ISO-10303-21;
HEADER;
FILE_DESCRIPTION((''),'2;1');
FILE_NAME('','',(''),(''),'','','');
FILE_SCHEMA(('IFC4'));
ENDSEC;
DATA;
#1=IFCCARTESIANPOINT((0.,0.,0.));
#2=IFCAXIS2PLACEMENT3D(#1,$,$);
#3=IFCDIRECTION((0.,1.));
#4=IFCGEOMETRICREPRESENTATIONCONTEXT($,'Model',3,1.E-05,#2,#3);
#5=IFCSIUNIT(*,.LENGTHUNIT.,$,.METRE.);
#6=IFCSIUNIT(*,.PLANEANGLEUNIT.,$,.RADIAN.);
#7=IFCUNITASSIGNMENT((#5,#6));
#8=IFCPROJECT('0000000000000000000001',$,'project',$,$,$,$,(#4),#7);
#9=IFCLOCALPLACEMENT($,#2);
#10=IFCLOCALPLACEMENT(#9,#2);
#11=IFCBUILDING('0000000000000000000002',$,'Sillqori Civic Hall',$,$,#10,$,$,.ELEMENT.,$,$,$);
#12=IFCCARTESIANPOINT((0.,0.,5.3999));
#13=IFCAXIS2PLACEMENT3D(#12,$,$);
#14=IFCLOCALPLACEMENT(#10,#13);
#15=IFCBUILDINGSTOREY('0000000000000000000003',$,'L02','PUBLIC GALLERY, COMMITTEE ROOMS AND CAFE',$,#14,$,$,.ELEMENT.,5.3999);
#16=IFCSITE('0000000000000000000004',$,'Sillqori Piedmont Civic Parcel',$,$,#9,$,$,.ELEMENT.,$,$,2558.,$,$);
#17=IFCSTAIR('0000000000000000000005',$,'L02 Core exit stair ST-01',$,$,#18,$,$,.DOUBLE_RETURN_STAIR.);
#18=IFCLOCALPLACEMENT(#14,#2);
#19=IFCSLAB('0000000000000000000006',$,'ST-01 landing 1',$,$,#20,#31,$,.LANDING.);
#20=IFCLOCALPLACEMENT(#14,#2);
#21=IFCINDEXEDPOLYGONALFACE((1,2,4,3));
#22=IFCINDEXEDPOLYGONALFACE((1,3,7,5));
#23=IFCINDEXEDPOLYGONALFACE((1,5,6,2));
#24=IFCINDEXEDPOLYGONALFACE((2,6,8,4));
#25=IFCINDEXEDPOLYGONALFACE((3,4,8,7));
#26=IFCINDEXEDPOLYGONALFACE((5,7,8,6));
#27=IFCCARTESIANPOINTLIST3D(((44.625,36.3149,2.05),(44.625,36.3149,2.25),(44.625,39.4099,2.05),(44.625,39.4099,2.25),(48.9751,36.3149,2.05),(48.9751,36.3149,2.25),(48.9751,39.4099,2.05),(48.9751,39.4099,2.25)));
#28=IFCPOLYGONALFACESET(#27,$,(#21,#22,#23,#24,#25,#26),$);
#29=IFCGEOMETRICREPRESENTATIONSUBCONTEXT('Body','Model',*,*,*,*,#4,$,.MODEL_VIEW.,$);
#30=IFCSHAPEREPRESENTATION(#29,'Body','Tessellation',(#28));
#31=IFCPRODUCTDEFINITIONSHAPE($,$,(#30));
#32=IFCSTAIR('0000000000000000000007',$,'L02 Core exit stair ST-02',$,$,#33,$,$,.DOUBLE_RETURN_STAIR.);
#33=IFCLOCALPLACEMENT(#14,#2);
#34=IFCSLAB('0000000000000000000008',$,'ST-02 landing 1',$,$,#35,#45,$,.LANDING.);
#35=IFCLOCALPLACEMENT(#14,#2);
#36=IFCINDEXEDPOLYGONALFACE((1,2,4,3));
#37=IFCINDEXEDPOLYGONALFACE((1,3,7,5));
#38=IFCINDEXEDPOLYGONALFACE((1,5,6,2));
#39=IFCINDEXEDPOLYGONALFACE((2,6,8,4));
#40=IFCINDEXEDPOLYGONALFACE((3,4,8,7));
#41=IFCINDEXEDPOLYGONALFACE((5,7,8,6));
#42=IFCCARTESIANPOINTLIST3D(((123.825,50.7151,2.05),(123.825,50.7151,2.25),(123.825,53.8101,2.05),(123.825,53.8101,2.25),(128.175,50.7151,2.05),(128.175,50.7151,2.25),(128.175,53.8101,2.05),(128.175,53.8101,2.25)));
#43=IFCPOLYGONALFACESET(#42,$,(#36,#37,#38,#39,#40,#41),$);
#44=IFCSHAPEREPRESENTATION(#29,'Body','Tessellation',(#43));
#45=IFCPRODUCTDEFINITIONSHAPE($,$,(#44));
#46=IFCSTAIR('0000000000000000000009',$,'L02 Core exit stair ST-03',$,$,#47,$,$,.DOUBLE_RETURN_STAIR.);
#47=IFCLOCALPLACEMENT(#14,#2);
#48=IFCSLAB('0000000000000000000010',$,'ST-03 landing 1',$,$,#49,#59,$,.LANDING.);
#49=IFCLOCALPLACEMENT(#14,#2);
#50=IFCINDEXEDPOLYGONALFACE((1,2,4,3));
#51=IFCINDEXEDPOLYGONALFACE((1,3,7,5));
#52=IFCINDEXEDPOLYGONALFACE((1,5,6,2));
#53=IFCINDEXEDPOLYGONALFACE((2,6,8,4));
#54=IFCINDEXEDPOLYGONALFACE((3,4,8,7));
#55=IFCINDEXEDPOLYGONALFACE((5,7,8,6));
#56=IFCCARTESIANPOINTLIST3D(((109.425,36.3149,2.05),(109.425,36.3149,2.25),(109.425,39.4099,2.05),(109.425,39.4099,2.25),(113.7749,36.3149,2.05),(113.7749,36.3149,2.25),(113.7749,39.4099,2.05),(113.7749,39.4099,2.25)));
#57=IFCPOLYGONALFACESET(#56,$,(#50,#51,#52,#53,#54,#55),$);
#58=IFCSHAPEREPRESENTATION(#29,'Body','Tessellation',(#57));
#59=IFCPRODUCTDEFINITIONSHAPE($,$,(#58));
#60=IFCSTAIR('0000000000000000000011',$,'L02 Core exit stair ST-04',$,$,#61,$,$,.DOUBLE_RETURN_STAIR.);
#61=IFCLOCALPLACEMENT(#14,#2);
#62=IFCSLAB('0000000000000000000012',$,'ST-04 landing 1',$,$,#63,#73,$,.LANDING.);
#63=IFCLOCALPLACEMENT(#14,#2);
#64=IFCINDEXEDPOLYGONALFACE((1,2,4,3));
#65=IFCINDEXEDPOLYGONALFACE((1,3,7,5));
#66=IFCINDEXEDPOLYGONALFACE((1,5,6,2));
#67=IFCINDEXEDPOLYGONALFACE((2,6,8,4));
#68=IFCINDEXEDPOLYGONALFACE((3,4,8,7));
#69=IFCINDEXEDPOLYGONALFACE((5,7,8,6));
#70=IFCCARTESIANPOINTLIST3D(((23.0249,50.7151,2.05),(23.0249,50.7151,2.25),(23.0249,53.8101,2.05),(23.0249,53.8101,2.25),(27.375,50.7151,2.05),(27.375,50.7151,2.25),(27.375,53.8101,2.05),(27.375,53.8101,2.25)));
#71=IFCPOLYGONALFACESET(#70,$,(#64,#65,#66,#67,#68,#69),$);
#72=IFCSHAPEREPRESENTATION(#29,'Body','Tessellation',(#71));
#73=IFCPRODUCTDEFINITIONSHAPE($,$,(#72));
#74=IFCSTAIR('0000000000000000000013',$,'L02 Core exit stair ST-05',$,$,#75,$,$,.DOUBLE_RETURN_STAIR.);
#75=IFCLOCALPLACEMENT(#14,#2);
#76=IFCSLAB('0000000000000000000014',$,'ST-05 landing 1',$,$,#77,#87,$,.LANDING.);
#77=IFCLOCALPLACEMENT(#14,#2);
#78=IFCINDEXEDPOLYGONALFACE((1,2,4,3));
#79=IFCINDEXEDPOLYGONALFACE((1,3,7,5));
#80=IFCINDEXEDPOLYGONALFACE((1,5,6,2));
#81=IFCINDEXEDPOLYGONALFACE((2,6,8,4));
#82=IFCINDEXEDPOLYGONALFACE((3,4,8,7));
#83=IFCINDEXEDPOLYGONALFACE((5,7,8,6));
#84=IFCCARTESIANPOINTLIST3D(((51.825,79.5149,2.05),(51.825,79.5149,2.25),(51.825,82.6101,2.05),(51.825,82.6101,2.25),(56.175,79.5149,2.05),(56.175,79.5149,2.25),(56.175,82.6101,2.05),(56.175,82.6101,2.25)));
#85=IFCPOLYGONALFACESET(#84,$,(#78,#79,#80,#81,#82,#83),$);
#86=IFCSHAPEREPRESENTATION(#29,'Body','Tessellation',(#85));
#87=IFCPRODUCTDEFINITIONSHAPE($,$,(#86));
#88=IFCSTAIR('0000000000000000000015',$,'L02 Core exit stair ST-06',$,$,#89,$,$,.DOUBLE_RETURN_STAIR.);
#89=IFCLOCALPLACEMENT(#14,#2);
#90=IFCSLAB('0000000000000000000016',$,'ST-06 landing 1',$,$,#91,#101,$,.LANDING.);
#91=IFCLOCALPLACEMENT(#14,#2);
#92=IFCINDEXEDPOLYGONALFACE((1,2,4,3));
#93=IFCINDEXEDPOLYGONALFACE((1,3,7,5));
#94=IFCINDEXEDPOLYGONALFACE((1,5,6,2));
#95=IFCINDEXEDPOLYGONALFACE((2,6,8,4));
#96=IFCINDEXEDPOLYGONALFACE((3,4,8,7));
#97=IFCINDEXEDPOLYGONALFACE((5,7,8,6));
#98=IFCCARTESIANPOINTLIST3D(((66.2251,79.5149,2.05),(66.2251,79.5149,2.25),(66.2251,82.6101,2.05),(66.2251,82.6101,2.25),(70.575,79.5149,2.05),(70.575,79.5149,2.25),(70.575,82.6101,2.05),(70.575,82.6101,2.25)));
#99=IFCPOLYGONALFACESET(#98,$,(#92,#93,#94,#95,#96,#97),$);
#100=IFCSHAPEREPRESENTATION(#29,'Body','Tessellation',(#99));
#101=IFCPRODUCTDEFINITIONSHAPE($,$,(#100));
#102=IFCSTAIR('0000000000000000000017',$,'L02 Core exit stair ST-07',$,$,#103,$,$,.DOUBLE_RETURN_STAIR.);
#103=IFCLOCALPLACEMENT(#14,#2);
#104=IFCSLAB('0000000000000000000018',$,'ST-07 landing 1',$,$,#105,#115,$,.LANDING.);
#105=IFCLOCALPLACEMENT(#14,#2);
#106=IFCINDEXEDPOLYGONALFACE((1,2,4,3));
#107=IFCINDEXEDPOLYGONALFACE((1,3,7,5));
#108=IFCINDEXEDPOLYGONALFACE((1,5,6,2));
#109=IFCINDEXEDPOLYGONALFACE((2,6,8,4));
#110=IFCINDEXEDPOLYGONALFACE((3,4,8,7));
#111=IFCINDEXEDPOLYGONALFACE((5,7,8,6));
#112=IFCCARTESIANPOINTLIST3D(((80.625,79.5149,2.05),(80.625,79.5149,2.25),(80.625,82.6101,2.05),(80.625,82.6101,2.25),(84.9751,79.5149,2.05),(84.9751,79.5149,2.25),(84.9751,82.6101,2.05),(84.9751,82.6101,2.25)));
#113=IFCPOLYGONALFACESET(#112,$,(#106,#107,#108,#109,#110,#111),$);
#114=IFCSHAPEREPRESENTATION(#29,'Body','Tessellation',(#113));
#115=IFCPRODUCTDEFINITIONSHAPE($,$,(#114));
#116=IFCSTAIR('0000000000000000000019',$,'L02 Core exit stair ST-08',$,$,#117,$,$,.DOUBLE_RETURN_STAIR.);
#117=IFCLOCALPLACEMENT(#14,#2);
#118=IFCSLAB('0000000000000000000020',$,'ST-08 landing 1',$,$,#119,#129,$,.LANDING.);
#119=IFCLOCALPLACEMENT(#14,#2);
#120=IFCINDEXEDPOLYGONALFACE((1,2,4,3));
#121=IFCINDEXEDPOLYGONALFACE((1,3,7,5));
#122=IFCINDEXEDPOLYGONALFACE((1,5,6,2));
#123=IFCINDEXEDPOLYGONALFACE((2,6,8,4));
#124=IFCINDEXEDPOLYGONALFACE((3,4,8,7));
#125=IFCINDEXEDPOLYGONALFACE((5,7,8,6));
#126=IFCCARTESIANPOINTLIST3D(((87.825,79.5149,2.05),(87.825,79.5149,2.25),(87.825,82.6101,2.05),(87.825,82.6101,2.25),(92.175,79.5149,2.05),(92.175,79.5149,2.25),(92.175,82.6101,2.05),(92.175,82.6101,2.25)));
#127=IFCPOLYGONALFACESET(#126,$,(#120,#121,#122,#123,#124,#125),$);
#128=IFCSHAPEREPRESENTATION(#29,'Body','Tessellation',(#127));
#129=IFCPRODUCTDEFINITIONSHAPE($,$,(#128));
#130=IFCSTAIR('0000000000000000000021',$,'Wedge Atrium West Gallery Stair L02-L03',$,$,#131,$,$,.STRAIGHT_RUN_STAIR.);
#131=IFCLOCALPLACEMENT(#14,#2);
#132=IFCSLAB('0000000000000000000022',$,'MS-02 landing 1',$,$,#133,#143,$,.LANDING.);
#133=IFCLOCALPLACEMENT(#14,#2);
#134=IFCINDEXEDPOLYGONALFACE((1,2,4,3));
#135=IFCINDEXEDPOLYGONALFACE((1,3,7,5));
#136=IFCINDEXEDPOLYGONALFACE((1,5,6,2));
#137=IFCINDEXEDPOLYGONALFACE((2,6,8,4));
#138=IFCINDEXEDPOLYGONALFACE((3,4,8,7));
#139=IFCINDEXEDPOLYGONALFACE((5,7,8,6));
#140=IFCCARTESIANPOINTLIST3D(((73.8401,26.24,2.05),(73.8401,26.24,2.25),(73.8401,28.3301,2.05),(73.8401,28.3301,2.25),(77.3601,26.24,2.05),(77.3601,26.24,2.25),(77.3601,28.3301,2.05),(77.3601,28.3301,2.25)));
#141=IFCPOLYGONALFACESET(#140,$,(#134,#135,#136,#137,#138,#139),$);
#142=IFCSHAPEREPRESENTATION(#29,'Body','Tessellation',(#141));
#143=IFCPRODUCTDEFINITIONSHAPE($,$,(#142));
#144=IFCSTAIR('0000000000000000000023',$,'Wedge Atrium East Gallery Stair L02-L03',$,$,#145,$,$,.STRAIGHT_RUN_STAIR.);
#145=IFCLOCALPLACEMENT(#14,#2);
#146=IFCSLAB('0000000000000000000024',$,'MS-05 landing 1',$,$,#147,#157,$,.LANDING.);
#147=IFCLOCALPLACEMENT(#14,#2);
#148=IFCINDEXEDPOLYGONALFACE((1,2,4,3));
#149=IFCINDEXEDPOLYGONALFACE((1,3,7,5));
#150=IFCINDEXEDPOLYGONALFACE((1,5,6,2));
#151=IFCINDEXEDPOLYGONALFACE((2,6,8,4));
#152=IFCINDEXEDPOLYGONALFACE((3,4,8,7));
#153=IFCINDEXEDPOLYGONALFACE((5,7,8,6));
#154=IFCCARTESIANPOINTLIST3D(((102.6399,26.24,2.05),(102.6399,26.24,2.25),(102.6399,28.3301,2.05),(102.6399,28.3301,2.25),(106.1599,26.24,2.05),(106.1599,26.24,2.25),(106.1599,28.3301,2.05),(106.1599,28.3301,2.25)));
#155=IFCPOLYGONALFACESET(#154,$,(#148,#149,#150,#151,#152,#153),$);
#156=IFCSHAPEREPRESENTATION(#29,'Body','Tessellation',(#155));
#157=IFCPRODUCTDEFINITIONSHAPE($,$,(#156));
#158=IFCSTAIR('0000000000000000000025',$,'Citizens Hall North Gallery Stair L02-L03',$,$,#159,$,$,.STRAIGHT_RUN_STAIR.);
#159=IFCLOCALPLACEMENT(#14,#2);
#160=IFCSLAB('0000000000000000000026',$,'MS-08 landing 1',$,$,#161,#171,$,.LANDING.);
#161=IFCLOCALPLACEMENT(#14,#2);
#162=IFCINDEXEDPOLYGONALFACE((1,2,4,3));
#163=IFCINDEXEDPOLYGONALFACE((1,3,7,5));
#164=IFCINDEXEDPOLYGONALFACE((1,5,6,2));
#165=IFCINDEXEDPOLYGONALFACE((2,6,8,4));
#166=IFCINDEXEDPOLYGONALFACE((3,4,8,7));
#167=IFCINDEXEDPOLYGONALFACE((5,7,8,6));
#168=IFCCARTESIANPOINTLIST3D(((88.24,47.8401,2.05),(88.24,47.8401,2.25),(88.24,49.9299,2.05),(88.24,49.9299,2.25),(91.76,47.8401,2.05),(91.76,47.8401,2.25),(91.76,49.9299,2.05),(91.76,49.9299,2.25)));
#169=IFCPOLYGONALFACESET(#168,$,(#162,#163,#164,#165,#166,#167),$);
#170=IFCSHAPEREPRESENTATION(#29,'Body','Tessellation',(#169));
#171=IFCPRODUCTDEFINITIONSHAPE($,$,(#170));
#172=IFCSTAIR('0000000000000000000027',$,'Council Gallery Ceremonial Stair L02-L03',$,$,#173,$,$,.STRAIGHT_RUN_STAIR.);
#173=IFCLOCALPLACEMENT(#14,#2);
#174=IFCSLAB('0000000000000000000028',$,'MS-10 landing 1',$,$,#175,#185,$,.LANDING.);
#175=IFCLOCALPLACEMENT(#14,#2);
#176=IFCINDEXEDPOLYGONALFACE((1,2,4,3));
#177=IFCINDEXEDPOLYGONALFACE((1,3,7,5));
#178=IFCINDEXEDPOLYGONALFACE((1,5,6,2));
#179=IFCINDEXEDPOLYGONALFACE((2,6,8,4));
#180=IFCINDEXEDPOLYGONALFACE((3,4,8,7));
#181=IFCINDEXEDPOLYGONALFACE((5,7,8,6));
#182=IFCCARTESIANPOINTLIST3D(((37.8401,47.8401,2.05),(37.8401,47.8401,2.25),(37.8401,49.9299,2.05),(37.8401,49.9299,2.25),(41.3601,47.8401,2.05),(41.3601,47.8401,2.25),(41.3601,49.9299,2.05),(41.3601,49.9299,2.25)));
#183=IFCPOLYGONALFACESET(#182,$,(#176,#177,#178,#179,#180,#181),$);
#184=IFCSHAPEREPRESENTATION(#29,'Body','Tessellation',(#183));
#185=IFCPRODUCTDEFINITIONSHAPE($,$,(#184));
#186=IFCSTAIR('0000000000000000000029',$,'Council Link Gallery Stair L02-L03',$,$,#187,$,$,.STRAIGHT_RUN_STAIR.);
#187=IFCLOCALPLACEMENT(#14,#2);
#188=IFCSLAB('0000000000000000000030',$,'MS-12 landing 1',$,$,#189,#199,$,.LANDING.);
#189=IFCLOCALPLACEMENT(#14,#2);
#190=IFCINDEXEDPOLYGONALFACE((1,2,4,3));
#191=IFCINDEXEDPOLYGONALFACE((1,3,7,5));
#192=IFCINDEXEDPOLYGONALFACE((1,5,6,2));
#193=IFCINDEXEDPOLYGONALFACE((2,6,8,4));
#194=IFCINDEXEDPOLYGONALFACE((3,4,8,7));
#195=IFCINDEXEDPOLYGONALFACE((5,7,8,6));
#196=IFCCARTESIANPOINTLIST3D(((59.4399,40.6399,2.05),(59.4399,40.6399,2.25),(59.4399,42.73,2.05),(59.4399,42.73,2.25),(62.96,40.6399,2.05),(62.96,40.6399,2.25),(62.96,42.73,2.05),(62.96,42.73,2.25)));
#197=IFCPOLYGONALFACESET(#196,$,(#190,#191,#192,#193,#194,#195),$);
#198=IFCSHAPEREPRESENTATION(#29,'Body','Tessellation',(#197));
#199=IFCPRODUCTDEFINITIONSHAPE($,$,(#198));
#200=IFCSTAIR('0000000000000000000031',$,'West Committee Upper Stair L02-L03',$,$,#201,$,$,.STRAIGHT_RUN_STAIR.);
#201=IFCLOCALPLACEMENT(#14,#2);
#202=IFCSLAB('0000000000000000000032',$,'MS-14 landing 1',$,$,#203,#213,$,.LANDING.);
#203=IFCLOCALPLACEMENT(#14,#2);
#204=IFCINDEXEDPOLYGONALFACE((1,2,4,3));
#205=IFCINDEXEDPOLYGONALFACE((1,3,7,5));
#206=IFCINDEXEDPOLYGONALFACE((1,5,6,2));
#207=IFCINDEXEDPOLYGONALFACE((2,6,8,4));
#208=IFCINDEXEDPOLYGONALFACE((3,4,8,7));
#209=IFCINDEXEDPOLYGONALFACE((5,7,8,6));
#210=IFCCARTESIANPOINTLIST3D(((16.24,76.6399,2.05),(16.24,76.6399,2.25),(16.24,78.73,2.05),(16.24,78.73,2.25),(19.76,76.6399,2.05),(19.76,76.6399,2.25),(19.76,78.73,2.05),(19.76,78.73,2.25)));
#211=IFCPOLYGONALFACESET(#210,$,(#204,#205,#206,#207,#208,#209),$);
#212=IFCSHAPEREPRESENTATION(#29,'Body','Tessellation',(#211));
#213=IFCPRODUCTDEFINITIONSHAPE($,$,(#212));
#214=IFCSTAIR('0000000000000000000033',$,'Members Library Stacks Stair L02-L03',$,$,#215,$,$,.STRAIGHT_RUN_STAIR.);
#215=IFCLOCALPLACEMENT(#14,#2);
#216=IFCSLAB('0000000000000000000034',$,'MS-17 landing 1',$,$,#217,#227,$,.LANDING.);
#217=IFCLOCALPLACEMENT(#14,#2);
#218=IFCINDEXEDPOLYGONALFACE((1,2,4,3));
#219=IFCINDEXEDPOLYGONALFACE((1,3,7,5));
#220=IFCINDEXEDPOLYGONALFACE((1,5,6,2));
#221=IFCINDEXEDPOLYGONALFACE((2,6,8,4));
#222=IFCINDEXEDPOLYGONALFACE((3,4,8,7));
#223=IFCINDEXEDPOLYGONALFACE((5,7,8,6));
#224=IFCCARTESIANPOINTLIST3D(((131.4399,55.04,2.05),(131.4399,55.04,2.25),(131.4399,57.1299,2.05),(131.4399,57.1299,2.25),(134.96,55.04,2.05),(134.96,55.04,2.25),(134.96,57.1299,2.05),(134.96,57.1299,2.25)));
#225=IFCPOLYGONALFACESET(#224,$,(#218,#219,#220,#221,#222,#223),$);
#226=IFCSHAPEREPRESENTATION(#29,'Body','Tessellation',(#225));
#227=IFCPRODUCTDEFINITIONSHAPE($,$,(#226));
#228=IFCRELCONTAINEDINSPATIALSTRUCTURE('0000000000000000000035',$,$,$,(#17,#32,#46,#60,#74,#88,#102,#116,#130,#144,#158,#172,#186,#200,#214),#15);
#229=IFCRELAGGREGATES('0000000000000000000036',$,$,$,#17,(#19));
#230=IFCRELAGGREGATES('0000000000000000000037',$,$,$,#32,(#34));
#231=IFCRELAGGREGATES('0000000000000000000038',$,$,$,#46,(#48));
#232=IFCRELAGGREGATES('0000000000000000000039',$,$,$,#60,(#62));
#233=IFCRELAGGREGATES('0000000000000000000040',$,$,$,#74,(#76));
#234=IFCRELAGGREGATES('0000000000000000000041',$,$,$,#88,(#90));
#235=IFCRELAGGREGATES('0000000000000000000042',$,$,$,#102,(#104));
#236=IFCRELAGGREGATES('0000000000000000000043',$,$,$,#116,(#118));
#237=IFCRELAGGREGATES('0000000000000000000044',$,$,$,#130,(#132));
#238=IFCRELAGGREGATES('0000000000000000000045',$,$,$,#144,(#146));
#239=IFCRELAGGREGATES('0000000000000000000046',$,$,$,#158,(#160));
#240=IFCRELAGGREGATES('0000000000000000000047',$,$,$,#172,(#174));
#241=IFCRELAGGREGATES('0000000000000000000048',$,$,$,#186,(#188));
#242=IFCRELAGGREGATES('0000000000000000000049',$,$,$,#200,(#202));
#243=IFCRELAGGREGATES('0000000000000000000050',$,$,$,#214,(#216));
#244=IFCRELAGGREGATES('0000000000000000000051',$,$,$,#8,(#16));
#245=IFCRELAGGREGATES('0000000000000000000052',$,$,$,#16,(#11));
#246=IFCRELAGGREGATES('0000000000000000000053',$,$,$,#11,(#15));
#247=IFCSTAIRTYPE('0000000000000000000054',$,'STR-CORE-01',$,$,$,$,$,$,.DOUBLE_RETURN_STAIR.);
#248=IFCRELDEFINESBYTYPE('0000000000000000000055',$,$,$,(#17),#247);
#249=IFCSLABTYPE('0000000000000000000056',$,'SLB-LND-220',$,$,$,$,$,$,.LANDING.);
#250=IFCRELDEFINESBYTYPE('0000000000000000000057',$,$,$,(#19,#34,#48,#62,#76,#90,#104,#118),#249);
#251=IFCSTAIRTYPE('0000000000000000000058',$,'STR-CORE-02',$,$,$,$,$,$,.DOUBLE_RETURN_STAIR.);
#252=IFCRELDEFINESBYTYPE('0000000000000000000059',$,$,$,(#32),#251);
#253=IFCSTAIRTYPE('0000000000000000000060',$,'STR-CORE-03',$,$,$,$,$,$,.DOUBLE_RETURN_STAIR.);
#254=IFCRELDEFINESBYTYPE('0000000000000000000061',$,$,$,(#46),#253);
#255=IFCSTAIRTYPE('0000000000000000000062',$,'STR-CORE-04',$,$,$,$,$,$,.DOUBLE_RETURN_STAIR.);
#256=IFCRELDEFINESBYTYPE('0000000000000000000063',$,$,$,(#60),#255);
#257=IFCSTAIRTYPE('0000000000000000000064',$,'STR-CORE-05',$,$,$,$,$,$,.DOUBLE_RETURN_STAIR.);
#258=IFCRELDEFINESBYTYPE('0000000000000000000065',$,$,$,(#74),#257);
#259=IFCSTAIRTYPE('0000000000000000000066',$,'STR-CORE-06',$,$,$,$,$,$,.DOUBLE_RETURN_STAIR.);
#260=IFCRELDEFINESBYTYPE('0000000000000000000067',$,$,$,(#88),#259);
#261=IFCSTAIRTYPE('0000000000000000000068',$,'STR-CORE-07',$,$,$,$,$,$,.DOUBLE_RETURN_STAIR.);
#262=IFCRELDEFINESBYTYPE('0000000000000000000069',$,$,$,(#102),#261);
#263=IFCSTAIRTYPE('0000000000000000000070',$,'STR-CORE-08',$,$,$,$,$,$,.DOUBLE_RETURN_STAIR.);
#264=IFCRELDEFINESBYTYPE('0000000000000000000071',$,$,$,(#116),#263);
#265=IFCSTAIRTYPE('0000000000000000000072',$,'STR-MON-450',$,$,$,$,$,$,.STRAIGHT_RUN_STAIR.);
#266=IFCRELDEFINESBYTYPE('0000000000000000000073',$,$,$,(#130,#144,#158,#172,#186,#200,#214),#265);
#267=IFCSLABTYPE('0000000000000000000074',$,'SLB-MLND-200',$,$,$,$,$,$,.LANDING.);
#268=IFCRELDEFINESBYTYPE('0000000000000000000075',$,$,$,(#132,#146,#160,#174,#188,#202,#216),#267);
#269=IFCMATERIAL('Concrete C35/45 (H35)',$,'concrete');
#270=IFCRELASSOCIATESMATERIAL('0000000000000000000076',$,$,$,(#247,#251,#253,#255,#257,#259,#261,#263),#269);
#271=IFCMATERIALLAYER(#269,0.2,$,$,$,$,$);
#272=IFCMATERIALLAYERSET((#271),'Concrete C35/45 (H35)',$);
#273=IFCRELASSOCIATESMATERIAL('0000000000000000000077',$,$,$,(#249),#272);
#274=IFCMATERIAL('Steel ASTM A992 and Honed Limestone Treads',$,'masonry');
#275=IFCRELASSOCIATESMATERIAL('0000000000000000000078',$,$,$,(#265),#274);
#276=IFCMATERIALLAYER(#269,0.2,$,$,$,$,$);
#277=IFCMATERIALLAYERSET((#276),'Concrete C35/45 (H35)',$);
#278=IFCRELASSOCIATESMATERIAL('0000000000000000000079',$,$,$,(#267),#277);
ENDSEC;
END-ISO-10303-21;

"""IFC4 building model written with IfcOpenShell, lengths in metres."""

from ifc_helpers import new_model, si_unit, direction, frame, origin, place, context, subcontext, project, spatial, polyline, outline, extrude, material, layer, layer_set, type_object, element, aggregate, save


model = new_model("IFC4")

# Units and contexts
model_context = context("Model", 3, precision=1e-05, world=origin(), true_north=direction((0.0, 1.0)))
body_context = subcontext(model_context, "Body", "Model", "MODEL_VIEW")
ifc_project = project(units=[si_unit("LENGTHUNIT", "METRE"), si_unit("PLANEANGLEUNIT", "RADIAN")], contexts=[model_context])

# Site, building, storey
site_placement = place(None, origin())
site = spatial("IfcSite", under=ifc_project, at=site_placement, Name="Sillqori Piedmont Civic Parcel", CompositionType="ELEMENT", RefElevation=2558.0)
building_placement = place(site_placement, origin())
building = spatial("IfcBuilding", under=site, at=building_placement, Name="Sillqori Civic Hall", CompositionType="ELEMENT")
storey_placement = place(building_placement, frame((0.0, 0.0, 5.3999)))
storey = spatial("IfcBuildingStorey", under=building, at=storey_placement, Name="L02", Description="PUBLIC GALLERY, COMMITTEE ROOMS AND CAFE", CompositionType="ELEMENT", Elevation=5.3999)

# Stairs, slabs
ifc_material_1 = material(Name="Concrete C35/45 (H35)", Category="concrete")
stair_type_1 = type_object("IfcStairType", Name="STR-CORE-01", PredefinedType="DOUBLE_RETURN_STAIR", material=ifc_material_1)
stair_1_placement = place(storey_placement, origin())
stair_1 = element("IfcStair", 1, at=stair_1_placement, inside=storey, type_object=stair_type_1, Name="L02 Core exit stair ST-01", PredefinedType="DOUBLE_RETURN_STAIR")
ifc_layer_1 = layer(ifc_material_1, 0.2)
ifc_layer_set_1 = layer_set([ifc_layer_1], Name="Concrete C35/45 (H35)")
slab_type_1 = type_object("IfcSlabType", Name="SLB-LND-220", PredefinedType="LANDING", material=ifc_layer_set_1)
slab_1_placement = place(storey_placement, frame((0.0, 0.0, 2.05)))
slab_1 = element("IfcSlab", 2, at=slab_1_placement, type_object=slab_type_1, Name="ST-01 landing 1", PredefinedType="LANDING", context=body_context, shape_type="SweptSolid", body=[
    extrude(outline(polyline([(44.625, 39.4099), (44.625, 36.3149), (48.9751, 36.3149), (48.9751, 39.4099), (44.625, 39.4099)])), origin(), (0.0, 0.0, 1.0), 0.2),
])
aggregate(stair_1, [slab_1])
stair_type_2 = type_object("IfcStairType", Name="STR-CORE-02", PredefinedType="DOUBLE_RETURN_STAIR", material=ifc_material_1)
stair_2_placement = place(storey_placement, origin())
stair_2 = element("IfcStair", 3, at=stair_2_placement, inside=storey, type_object=stair_type_2, Name="L02 Core exit stair ST-02", PredefinedType="DOUBLE_RETURN_STAIR")
slab_2_placement = place(storey_placement, frame((0.0, 0.0, 2.05)))
slab_2 = element("IfcSlab", 4, at=slab_2_placement, type_object=slab_type_1, Name="ST-02 landing 1", PredefinedType="LANDING", context=body_context, shape_type="SweptSolid", body=[
    extrude(outline(polyline([(123.825, 53.8101), (123.825, 50.7151), (128.175, 50.7151), (128.175, 53.8101), (123.825, 53.8101)])), origin(), (0.0, 0.0, 1.0), 0.2),
])
aggregate(stair_2, [slab_2])
stair_type_3 = type_object("IfcStairType", Name="STR-CORE-03", PredefinedType="DOUBLE_RETURN_STAIR", material=ifc_material_1)
stair_3_placement = place(storey_placement, origin())
stair_3 = element("IfcStair", 5, at=stair_3_placement, inside=storey, type_object=stair_type_3, Name="L02 Core exit stair ST-03", PredefinedType="DOUBLE_RETURN_STAIR")
slab_3_placement = place(storey_placement, frame((0.0, 0.0, 2.05)))
slab_3 = element("IfcSlab", 6, at=slab_3_placement, type_object=slab_type_1, Name="ST-03 landing 1", PredefinedType="LANDING", context=body_context, shape_type="SweptSolid", body=[
    extrude(outline(polyline([(109.425, 39.4099), (109.425, 36.3149), (113.7749, 36.3149), (113.7749, 39.4099), (109.425, 39.4099)])), origin(), (0.0, 0.0, 1.0), 0.2),
])
aggregate(stair_3, [slab_3])
stair_type_4 = type_object("IfcStairType", Name="STR-CORE-04", PredefinedType="DOUBLE_RETURN_STAIR", material=ifc_material_1)
stair_4_placement = place(storey_placement, origin())
stair_4 = element("IfcStair", 7, at=stair_4_placement, inside=storey, type_object=stair_type_4, Name="L02 Core exit stair ST-04", PredefinedType="DOUBLE_RETURN_STAIR")
slab_4_placement = place(storey_placement, frame((0.0, 0.0, 2.05)))
slab_4 = element("IfcSlab", 8, at=slab_4_placement, type_object=slab_type_1, Name="ST-04 landing 1", PredefinedType="LANDING", context=body_context, shape_type="SweptSolid", body=[
    extrude(outline(polyline([(23.0249, 53.8101), (23.0249, 50.7151), (27.375, 50.7151), (27.375, 53.8101), (23.0249, 53.8101)])), origin(), (0.0, 0.0, 1.0), 0.2),
])
aggregate(stair_4, [slab_4])
stair_type_5 = type_object("IfcStairType", Name="STR-CORE-05", PredefinedType="DOUBLE_RETURN_STAIR", material=ifc_material_1)
stair_5_placement = place(storey_placement, origin())
stair_5 = element("IfcStair", 9, at=stair_5_placement, inside=storey, type_object=stair_type_5, Name="L02 Core exit stair ST-05", PredefinedType="DOUBLE_RETURN_STAIR")
slab_5_placement = place(storey_placement, frame((0.0, 0.0, 2.05)))
slab_5 = element("IfcSlab", 10, at=slab_5_placement, type_object=slab_type_1, Name="ST-05 landing 1", PredefinedType="LANDING", context=body_context, shape_type="SweptSolid", body=[
    extrude(outline(polyline([(51.825, 82.6101), (51.825, 79.5149), (56.175, 79.5149), (56.175, 82.6101), (51.825, 82.6101)])), origin(), (0.0, 0.0, 1.0), 0.2),
])
aggregate(stair_5, [slab_5])
stair_type_6 = type_object("IfcStairType", Name="STR-CORE-06", PredefinedType="DOUBLE_RETURN_STAIR", material=ifc_material_1)
stair_6_placement = place(storey_placement, origin())
stair_6 = element("IfcStair", 11, at=stair_6_placement, inside=storey, type_object=stair_type_6, Name="L02 Core exit stair ST-06", PredefinedType="DOUBLE_RETURN_STAIR")
slab_6_placement = place(storey_placement, frame((0.0, 0.0, 2.05)))
slab_6 = element("IfcSlab", 12, at=slab_6_placement, type_object=slab_type_1, Name="ST-06 landing 1", PredefinedType="LANDING", context=body_context, shape_type="SweptSolid", body=[
    extrude(outline(polyline([(66.2251, 82.6101), (66.2251, 79.5149), (70.575, 79.5149), (70.575, 82.6101), (66.2251, 82.6101)])), origin(), (0.0, 0.0, 1.0), 0.2),
])
aggregate(stair_6, [slab_6])
stair_type_7 = type_object("IfcStairType", Name="STR-CORE-07", PredefinedType="DOUBLE_RETURN_STAIR", material=ifc_material_1)
stair_7_placement = place(storey_placement, origin())
stair_7 = element("IfcStair", 13, at=stair_7_placement, inside=storey, type_object=stair_type_7, Name="L02 Core exit stair ST-07", PredefinedType="DOUBLE_RETURN_STAIR")
slab_7_placement = place(storey_placement, frame((0.0, 0.0, 2.05)))
slab_7 = element("IfcSlab", 14, at=slab_7_placement, type_object=slab_type_1, Name="ST-07 landing 1", PredefinedType="LANDING", context=body_context, shape_type="SweptSolid", body=[
    extrude(outline(polyline([(80.625, 82.6101), (80.625, 79.5149), (84.9751, 79.5149), (84.9751, 82.6101), (80.625, 82.6101)])), origin(), (0.0, 0.0, 1.0), 0.2),
])
aggregate(stair_7, [slab_7])
stair_type_8 = type_object("IfcStairType", Name="STR-CORE-08", PredefinedType="DOUBLE_RETURN_STAIR", material=ifc_material_1)
stair_8_placement = place(storey_placement, origin())
stair_8 = element("IfcStair", 15, at=stair_8_placement, inside=storey, type_object=stair_type_8, Name="L02 Core exit stair ST-08", PredefinedType="DOUBLE_RETURN_STAIR")
slab_8_placement = place(storey_placement, frame((0.0, 0.0, 2.05)))
slab_8 = element("IfcSlab", 16, at=slab_8_placement, type_object=slab_type_1, Name="ST-08 landing 1", PredefinedType="LANDING", context=body_context, shape_type="SweptSolid", body=[
    extrude(outline(polyline([(87.825, 82.6101), (87.825, 79.5149), (92.175, 79.5149), (92.175, 82.6101), (87.825, 82.6101)])), origin(), (0.0, 0.0, 1.0), 0.2),
])
aggregate(stair_8, [slab_8])
ifc_material_2 = material(Name="Steel ASTM A992 and Honed Limestone Treads", Category="masonry")
stair_type_9 = type_object("IfcStairType", Name="STR-MON-450", PredefinedType="STRAIGHT_RUN_STAIR", material=ifc_material_2)
stair_9_placement = place(storey_placement, origin())
stair_9 = element("IfcStair", 17, at=stair_9_placement, inside=storey, type_object=stair_type_9, Name="Wedge Atrium West Gallery Stair L02-L03", PredefinedType="STRAIGHT_RUN_STAIR")
ifc_layer_2 = layer(ifc_material_1, 0.2)
ifc_layer_set_2 = layer_set([ifc_layer_2], Name="Concrete C35/45 (H35)")
slab_type_2 = type_object("IfcSlabType", Name="SLB-MLND-200", PredefinedType="LANDING", material=ifc_layer_set_2)
slab_9_placement = place(storey_placement, frame((0.0, 0.0, 2.05)))
slab_9 = element("IfcSlab", 18, at=slab_9_placement, type_object=slab_type_2, Name="MS-02 landing 1", PredefinedType="LANDING", context=body_context, shape_type="SweptSolid", body=[
    extrude(outline(polyline([(73.8401, 26.24), (77.3601, 26.24), (77.3601, 28.3301), (73.8401, 28.3301), (73.8401, 26.24)])), origin(), (0.0, 0.0, 1.0), 0.2),
])
aggregate(stair_9, [slab_9])
stair_10_placement = place(storey_placement, origin())
stair_10 = element("IfcStair", 19, at=stair_10_placement, inside=storey, type_object=stair_type_9, Name="Wedge Atrium East Gallery Stair L02-L03", PredefinedType="STRAIGHT_RUN_STAIR")
slab_10_placement = place(storey_placement, frame((0.0, 0.0, 2.05)))
slab_10 = element("IfcSlab", 20, at=slab_10_placement, type_object=slab_type_2, Name="MS-05 landing 1", PredefinedType="LANDING", context=body_context, shape_type="SweptSolid", body=[
    extrude(outline(polyline([(102.6399, 26.24), (106.1599, 26.24), (106.1599, 28.3301), (102.6399, 28.3301), (102.6399, 26.24)])), origin(), (0.0, 0.0, 1.0), 0.2),
])
aggregate(stair_10, [slab_10])
stair_11_placement = place(storey_placement, origin())
stair_11 = element("IfcStair", 21, at=stair_11_placement, inside=storey, type_object=stair_type_9, Name="Citizens Hall North Gallery Stair L02-L03", PredefinedType="STRAIGHT_RUN_STAIR")
slab_11_placement = place(storey_placement, frame((0.0, 0.0, 2.05)))
slab_11 = element("IfcSlab", 22, at=slab_11_placement, type_object=slab_type_2, Name="MS-08 landing 1", PredefinedType="LANDING", context=body_context, shape_type="SweptSolid", body=[
    extrude(outline(polyline([(88.24, 47.8401), (91.76, 47.8401), (91.76, 49.9299), (88.24, 49.9299), (88.24, 47.8401)])), origin(), (0.0, 0.0, 1.0), 0.2),
])
aggregate(stair_11, [slab_11])
stair_12_placement = place(storey_placement, origin())
stair_12 = element("IfcStair", 23, at=stair_12_placement, inside=storey, type_object=stair_type_9, Name="Council Gallery Ceremonial Stair L02-L03", PredefinedType="STRAIGHT_RUN_STAIR")
slab_12_placement = place(storey_placement, frame((0.0, 0.0, 2.05)))
slab_12 = element("IfcSlab", 24, at=slab_12_placement, type_object=slab_type_2, Name="MS-10 landing 1", PredefinedType="LANDING", context=body_context, shape_type="SweptSolid", body=[
    extrude(outline(polyline([(37.8401, 47.8401), (41.3601, 47.8401), (41.3601, 49.9299), (37.8401, 49.9299), (37.8401, 47.8401)])), origin(), (0.0, 0.0, 1.0), 0.2),
])
aggregate(stair_12, [slab_12])
stair_13_placement = place(storey_placement, origin())
stair_13 = element("IfcStair", 25, at=stair_13_placement, inside=storey, type_object=stair_type_9, Name="Council Link Gallery Stair L02-L03", PredefinedType="STRAIGHT_RUN_STAIR")
slab_13_placement = place(storey_placement, frame((0.0, 0.0, 2.05)))
slab_13 = element("IfcSlab", 26, at=slab_13_placement, type_object=slab_type_2, Name="MS-12 landing 1", PredefinedType="LANDING", context=body_context, shape_type="SweptSolid", body=[
    extrude(outline(polyline([(59.4399, 40.6399), (62.96, 40.6399), (62.96, 42.73), (59.4399, 42.73), (59.4399, 40.6399)])), origin(), (0.0, 0.0, 1.0), 0.2),
])
aggregate(stair_13, [slab_13])
stair_14_placement = place(storey_placement, origin())
stair_14 = element("IfcStair", 27, at=stair_14_placement, inside=storey, type_object=stair_type_9, Name="West Committee Upper Stair L02-L03", PredefinedType="STRAIGHT_RUN_STAIR")
slab_14_placement = place(storey_placement, frame((0.0, 0.0, 2.05)))
slab_14 = element("IfcSlab", 28, at=slab_14_placement, type_object=slab_type_2, Name="MS-14 landing 1", PredefinedType="LANDING", context=body_context, shape_type="SweptSolid", body=[
    extrude(outline(polyline([(16.24, 76.6399), (19.76, 76.6399), (19.76, 78.73), (16.24, 78.73), (16.24, 76.6399)])), origin(), (0.0, 0.0, 1.0), 0.2),
])
aggregate(stair_14, [slab_14])
stair_15_placement = place(storey_placement, origin())
stair_15 = element("IfcStair", 29, at=stair_15_placement, inside=storey, type_object=stair_type_9, Name="Members Library Stacks Stair L02-L03", PredefinedType="STRAIGHT_RUN_STAIR")
slab_15_placement = place(storey_placement, frame((0.0, 0.0, 2.05)))
slab_15 = element("IfcSlab", 30, at=slab_15_placement, type_object=slab_type_2, Name="MS-17 landing 1", PredefinedType="LANDING", context=body_context, shape_type="SweptSolid", body=[
    extrude(outline(polyline([(131.4399, 55.04), (134.96, 55.04), (134.96, 57.1299), (131.4399, 57.1299), (131.4399, 55.04)])), origin(), (0.0, 0.0, 1.0), 0.2),
])
aggregate(stair_15, [slab_15])

save(model, "model.ifc")
